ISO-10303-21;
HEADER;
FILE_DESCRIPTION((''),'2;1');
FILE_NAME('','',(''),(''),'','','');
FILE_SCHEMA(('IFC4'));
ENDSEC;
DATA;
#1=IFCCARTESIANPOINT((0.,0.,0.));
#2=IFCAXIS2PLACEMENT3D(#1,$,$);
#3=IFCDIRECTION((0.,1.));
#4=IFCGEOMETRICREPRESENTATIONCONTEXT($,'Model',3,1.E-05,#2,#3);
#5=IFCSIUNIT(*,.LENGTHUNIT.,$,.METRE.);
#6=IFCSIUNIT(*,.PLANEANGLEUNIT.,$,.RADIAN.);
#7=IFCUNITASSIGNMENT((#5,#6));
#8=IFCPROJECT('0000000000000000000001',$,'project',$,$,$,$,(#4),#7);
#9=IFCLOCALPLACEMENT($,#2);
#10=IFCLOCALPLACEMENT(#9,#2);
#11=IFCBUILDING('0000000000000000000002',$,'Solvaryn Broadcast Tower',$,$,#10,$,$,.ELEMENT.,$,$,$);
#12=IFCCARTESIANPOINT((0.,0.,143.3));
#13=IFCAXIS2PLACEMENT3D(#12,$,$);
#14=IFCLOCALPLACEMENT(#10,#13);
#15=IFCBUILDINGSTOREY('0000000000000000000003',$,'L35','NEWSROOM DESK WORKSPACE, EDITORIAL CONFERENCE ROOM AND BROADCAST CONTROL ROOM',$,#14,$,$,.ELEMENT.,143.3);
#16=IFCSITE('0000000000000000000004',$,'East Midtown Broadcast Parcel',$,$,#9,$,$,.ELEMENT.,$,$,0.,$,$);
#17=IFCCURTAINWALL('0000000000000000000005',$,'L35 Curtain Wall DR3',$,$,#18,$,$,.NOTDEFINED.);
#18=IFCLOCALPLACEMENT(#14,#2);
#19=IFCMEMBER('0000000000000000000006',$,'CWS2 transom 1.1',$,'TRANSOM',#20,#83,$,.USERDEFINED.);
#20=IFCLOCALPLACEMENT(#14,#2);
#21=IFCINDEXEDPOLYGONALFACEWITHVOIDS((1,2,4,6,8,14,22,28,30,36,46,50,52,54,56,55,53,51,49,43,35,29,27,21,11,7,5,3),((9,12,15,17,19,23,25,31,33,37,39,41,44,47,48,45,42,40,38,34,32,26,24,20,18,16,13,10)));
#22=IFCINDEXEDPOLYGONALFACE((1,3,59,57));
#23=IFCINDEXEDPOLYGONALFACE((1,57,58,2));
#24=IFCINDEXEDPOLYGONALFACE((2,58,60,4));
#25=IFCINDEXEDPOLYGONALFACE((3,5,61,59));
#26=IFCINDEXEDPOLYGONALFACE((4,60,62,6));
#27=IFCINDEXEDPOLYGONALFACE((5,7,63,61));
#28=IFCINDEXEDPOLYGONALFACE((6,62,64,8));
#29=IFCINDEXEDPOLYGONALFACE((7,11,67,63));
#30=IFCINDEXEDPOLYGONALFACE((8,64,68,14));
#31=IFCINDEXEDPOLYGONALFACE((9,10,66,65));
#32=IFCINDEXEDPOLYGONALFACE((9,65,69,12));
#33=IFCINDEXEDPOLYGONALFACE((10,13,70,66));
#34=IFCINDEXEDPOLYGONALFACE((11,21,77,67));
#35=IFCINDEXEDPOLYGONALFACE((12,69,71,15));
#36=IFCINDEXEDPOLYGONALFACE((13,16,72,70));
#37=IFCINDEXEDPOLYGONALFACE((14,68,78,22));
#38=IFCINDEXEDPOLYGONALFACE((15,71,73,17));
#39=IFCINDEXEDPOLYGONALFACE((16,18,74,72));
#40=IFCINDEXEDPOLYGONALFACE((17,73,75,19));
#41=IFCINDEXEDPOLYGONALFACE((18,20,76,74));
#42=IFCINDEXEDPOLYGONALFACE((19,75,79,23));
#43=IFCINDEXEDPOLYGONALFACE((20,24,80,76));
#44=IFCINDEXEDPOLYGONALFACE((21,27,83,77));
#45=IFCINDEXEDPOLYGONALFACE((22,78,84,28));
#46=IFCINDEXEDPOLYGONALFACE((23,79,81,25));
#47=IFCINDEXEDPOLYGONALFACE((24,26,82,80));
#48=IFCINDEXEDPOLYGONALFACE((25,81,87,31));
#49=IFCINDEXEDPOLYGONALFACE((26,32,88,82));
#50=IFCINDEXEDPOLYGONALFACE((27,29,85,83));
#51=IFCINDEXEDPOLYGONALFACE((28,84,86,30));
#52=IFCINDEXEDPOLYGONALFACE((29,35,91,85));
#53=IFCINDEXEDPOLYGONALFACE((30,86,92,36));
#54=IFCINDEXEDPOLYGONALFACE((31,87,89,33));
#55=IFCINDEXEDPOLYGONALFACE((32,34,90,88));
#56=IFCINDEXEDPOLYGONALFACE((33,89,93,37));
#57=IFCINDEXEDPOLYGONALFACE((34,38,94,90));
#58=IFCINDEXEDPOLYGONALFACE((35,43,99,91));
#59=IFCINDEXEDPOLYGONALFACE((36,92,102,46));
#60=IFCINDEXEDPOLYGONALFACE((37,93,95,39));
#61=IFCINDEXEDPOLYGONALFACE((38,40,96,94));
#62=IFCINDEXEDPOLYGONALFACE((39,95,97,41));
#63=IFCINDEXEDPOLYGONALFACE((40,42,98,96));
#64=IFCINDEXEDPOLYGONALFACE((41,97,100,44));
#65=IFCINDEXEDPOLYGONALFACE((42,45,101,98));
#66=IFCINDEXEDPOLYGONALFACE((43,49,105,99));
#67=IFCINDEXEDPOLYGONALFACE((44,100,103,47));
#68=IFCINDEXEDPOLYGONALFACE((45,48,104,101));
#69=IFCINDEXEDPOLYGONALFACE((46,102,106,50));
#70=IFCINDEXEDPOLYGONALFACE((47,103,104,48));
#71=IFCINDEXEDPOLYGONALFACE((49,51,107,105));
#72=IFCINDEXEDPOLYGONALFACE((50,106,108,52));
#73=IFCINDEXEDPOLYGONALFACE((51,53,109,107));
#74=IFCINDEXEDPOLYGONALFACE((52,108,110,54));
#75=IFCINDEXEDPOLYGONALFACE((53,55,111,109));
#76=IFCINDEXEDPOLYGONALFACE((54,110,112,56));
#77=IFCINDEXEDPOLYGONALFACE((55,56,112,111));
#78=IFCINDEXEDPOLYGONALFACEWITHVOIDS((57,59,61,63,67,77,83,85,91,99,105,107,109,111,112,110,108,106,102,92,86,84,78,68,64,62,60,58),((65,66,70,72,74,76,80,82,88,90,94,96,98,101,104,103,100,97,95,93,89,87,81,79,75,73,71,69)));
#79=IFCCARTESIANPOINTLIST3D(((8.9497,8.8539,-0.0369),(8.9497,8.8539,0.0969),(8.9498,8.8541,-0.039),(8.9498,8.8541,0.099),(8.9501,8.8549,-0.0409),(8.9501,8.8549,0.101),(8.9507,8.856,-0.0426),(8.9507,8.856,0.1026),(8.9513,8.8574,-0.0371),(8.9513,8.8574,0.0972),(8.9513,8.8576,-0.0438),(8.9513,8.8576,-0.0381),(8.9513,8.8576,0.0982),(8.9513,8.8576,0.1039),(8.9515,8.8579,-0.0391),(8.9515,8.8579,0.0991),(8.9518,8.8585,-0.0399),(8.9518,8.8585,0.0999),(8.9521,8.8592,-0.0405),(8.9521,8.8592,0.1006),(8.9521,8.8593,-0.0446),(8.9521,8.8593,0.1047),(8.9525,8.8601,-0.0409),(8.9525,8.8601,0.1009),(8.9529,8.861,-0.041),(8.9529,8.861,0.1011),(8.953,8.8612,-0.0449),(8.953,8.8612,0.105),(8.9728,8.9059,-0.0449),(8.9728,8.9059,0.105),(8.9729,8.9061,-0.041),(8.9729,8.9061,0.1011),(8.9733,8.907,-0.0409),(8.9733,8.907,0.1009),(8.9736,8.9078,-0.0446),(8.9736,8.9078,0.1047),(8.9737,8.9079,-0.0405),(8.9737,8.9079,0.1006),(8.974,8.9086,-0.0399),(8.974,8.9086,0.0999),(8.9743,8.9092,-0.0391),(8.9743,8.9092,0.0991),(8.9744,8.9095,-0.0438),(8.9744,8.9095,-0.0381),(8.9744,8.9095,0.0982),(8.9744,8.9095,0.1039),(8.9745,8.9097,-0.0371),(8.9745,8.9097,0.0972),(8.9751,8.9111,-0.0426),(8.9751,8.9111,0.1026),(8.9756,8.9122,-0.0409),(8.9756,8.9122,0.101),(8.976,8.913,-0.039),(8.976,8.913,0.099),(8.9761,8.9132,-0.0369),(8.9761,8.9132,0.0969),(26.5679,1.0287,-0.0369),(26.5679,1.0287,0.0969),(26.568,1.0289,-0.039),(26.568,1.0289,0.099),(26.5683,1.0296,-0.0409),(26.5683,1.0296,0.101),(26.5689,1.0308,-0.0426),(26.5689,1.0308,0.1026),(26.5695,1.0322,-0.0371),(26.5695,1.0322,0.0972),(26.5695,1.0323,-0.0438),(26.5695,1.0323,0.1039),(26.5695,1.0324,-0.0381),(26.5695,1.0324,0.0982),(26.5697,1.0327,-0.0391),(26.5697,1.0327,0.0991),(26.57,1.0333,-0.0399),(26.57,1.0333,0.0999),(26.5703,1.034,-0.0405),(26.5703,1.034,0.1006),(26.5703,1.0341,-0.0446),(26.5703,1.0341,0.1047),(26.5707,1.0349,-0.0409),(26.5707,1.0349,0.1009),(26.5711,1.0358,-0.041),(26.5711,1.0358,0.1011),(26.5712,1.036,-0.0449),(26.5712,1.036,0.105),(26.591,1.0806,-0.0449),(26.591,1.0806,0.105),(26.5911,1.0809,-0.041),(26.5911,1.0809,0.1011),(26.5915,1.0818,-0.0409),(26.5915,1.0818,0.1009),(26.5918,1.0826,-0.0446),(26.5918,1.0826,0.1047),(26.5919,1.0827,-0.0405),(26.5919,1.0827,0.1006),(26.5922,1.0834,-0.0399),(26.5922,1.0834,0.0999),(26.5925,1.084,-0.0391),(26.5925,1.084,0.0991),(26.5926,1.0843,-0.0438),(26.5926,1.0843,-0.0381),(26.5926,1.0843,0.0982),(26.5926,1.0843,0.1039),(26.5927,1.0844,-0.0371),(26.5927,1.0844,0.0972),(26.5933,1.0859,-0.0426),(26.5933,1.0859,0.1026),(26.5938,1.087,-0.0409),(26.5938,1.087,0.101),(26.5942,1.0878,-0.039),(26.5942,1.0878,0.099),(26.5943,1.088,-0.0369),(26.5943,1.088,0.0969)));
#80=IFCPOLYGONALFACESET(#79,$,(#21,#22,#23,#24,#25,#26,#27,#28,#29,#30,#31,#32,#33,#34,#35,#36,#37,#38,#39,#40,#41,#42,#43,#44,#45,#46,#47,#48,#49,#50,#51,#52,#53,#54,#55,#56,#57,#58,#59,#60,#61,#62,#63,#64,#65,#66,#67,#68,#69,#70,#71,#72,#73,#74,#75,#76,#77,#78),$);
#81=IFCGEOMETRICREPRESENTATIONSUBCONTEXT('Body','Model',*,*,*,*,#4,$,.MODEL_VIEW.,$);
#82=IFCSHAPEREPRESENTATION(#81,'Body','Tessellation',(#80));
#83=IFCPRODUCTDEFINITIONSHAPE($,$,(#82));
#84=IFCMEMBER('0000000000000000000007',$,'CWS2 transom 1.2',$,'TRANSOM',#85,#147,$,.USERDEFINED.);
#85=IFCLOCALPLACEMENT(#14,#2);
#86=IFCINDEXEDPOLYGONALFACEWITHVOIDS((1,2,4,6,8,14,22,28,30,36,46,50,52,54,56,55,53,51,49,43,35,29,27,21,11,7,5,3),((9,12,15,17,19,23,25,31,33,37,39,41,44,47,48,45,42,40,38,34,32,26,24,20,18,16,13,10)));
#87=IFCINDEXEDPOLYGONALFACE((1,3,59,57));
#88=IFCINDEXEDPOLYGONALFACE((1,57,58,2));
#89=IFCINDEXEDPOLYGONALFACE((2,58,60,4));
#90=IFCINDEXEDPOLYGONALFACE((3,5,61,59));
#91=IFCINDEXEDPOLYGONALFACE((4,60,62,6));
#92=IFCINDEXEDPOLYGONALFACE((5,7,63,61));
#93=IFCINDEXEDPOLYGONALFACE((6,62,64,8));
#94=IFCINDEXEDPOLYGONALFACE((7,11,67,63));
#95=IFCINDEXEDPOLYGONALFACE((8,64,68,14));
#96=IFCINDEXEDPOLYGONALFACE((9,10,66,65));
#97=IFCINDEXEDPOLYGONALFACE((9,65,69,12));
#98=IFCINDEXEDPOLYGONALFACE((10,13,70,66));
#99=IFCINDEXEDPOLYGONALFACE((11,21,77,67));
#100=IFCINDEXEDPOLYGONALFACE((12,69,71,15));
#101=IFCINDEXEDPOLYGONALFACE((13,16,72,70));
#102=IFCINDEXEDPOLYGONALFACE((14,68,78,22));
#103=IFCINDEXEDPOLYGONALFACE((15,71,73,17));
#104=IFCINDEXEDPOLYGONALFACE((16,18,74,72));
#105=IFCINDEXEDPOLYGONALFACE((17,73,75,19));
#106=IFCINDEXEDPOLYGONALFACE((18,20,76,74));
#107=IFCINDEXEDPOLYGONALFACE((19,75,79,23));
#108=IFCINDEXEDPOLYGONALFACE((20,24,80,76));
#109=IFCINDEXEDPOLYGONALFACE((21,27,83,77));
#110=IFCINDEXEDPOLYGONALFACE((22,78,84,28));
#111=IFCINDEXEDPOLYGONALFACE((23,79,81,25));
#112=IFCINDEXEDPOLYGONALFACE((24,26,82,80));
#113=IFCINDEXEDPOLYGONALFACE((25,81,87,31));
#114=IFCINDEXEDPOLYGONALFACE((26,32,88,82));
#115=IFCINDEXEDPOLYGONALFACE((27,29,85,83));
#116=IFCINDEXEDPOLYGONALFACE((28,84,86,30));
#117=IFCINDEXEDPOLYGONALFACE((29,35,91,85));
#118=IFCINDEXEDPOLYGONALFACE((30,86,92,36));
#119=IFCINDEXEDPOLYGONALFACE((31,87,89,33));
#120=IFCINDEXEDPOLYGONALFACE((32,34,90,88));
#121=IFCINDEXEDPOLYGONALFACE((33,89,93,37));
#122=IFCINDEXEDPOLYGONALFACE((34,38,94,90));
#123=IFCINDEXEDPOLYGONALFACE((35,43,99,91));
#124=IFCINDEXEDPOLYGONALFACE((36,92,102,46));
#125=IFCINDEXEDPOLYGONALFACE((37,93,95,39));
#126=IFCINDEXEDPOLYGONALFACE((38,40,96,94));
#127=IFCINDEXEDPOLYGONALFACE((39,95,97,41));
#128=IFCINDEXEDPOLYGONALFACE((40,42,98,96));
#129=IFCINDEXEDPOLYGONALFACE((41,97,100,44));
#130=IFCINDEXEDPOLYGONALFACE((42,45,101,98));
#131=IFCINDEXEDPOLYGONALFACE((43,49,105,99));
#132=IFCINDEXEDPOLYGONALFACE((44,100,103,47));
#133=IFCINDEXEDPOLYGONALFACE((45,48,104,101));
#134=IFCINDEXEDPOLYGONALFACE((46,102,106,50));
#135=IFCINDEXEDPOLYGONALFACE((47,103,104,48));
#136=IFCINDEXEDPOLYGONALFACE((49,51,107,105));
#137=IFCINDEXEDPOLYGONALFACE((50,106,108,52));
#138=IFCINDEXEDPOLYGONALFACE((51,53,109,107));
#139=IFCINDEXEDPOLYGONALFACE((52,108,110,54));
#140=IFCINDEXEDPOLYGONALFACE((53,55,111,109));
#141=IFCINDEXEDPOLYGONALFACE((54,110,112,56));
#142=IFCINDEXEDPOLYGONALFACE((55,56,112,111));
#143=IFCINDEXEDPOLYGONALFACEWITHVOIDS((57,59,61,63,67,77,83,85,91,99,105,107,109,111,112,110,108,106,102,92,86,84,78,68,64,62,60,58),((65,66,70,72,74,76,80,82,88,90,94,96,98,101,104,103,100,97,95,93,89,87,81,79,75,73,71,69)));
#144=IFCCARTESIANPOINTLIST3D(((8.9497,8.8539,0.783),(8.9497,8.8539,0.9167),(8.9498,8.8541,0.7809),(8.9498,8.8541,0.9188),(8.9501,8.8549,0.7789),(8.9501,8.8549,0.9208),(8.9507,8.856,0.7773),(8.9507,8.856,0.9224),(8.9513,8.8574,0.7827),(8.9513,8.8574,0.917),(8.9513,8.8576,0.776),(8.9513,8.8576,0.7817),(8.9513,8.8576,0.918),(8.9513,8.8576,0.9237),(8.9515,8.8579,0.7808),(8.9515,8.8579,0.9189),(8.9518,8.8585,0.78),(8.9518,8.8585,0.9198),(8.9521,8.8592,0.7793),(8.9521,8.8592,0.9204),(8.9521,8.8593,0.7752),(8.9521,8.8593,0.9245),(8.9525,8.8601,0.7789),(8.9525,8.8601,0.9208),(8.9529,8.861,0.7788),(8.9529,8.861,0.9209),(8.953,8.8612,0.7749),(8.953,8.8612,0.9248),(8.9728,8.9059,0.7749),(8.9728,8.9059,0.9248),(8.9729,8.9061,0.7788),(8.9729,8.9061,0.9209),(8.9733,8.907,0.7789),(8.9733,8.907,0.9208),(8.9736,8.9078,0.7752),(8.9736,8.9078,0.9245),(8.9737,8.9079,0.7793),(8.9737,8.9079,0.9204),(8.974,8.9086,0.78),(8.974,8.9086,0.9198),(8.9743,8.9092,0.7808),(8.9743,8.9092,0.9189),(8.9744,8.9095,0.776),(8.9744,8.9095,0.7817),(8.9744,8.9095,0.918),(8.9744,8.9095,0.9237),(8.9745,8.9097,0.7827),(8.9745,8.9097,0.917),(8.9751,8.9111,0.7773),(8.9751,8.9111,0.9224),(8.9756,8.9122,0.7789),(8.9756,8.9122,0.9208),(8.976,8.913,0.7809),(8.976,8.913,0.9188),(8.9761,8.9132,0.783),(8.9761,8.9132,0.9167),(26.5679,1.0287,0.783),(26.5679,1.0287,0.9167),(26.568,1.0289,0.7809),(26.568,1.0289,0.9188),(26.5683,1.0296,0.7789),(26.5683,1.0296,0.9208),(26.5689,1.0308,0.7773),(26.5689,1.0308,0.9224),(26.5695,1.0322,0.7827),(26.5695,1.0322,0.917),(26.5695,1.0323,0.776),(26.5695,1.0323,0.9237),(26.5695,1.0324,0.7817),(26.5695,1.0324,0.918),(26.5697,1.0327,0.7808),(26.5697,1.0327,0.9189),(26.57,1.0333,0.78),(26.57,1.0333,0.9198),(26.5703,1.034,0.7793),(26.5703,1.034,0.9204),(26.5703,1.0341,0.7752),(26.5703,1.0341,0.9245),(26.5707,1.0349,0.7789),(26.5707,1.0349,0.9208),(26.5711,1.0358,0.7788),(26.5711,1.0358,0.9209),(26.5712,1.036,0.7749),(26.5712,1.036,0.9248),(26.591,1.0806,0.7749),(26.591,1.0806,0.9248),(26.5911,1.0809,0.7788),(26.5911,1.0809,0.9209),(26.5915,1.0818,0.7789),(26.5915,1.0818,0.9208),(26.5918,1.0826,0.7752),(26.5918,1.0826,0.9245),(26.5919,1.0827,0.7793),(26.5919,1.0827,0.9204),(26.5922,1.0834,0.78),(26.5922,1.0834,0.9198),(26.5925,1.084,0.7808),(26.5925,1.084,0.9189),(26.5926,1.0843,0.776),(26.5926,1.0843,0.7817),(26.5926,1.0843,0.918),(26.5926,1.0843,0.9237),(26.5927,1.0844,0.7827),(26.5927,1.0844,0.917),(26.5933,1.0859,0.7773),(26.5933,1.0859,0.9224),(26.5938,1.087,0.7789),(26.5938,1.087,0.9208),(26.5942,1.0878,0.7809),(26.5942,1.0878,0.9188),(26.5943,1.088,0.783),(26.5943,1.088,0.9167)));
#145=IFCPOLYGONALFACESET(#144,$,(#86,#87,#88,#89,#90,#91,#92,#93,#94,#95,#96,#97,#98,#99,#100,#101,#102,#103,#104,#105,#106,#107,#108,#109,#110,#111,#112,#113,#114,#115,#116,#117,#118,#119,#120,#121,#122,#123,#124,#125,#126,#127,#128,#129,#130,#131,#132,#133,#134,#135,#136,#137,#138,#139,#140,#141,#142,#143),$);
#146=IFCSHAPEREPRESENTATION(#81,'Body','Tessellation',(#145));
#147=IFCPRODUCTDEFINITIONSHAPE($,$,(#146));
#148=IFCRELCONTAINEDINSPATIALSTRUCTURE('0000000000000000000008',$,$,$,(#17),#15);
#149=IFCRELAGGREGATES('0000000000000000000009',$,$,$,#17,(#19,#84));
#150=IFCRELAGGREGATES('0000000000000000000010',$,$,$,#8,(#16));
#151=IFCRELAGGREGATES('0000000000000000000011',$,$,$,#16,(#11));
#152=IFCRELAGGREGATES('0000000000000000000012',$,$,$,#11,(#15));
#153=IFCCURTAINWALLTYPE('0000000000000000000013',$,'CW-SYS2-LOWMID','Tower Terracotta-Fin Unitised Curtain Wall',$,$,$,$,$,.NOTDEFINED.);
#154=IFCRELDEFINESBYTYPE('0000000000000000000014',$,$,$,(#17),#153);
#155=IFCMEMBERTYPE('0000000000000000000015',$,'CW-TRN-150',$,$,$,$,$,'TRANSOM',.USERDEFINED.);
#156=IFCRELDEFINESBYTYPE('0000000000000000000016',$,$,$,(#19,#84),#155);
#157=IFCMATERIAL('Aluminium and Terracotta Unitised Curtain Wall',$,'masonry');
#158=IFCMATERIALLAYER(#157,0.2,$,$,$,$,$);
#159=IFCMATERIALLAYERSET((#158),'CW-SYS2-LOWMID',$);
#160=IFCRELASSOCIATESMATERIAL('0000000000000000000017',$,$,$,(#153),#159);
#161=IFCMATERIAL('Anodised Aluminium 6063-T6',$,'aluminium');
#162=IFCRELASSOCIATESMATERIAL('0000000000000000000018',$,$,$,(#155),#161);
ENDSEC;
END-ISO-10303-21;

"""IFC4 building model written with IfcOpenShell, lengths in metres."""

from ifc_helpers import new_model, si_unit, direction, frame, origin, origin_2d, place, context, subcontext, project, spatial, hollow_rectangle, extrude, material, layer, layer_set, material_profile, profile_set, type_object, element, aggregate, save


model = new_model("IFC4")

# Units and contexts
model_context = context("Model", 3, precision=1e-05, world=origin(), true_north=direction((0.0, 1.0)))
body_context = subcontext(model_context, "Body", "Model", "MODEL_VIEW")
ifc_project = project(units=[si_unit("LENGTHUNIT", "METRE"), si_unit("PLANEANGLEUNIT", "RADIAN")], contexts=[model_context])

# Site, building, storey
site_placement = place(None, origin())
site = spatial("IfcSite", under=ifc_project, at=site_placement, Name="East Midtown Broadcast Parcel", CompositionType="ELEMENT", RefElevation=0.0)
building_placement = place(site_placement, origin())
building = spatial("IfcBuilding", under=site, at=building_placement, Name="Solvaryn Broadcast Tower", CompositionType="ELEMENT")
storey_placement = place(building_placement, frame((0.0, 0.0, 143.3)))
storey = spatial("IfcBuildingStorey", under=building, at=storey_placement, Name="L35", Description="NEWSROOM DESK WORKSPACE, EDITORIAL CONFERENCE ROOM AND BROADCAST CONTROL ROOM", CompositionType="ELEMENT", Elevation=143.3)

# Shared definitions
ifc_material_1 = material(Name="Aluminium and Terracotta Unitised Curtain Wall", Category="masonry")
ifc_layer_1 = layer(ifc_material_1, 0.2)
ifc_layer_set_1 = layer_set([ifc_layer_1], Name="CW-SYS2-LOWMID")
curtain_wall_type = type_object("IfcCurtainWallType", Name="CW-SYS2-LOWMID", Description="Tower Terracotta-Fin Unitised Curtain Wall", PredefinedType="NOTDEFINED", material=ifc_layer_set_1)

# Curtain wall, members
curtain_wall_1_placement = place(storey_placement, origin())
curtain_wall_1 = element("IfcCurtainWall", 1, at=curtain_wall_1_placement, inside=storey, type_object=curtain_wall_type, Name="L35 Curtain Wall DR3", PredefinedType="NOTDEFINED")
ifc_material_2 = material(Name="Anodised Aluminium 6063-T6", Category="aluminium")
ifc_material_profile_1 = material_profile(ifc_material_2, hollow_rectangle(XDim=0.0649, YDim=0.1499, WallThickness=0.0039, InnerFilletRadius=0.0039, OuterFilletRadius=0.0081, at=origin_2d()))
ifc_profile_set_1 = profile_set([ifc_material_profile_1], Name="Anodised Aluminium 6063-T6")
member_type_1 = type_object("IfcMemberType", Name="CW-TRN-150", ElementType="TRANSOM", PredefinedType="USERDEFINED", material=ifc_profile_set_1)
member_1_placement = place(storey_placement, frame((8.9629, 8.8835, 0.03), z_axis=(0.91391, -0.405918, 0.0), x_axis=(0.405918, 0.91391, 0.0)))
member_1 = element("IfcMember", 2, at=member_1_placement, type_object=member_type_1, Name="CWS2 transom 1.1", ObjectType="TRANSOM", PredefinedType="USERDEFINED", context=body_context, shape_type="SweptSolid", body=[
    extrude(hollow_rectangle(XDim=0.0649, YDim=0.1499, WallThickness=0.0039, InnerFilletRadius=0.0039, OuterFilletRadius=0.0081, at=origin_2d()), origin(), (0.0, 0.0, 1.0), 19.2778),
])
member_2_placement = place(storey_placement, frame((8.9629, 8.8835, 0.8499), z_axis=(0.91391, -0.405918, 0.0), x_axis=(0.405918, 0.91391, 0.0)))
member_2 = element("IfcMember", 3, at=member_2_placement, type_object=member_type_1, Name="CWS2 transom 1.2", ObjectType="TRANSOM", PredefinedType="USERDEFINED", context=body_context, shape_type="SweptSolid", body=[
    extrude(hollow_rectangle(XDim=0.0649, YDim=0.1499, WallThickness=0.0039, InnerFilletRadius=0.0039, OuterFilletRadius=0.0081, at=origin_2d()), origin(), (0.0, 0.0, 1.0), 19.2778),
])
aggregate(curtain_wall_1, [member_1, member_2])

save(model, "model.ifc")
